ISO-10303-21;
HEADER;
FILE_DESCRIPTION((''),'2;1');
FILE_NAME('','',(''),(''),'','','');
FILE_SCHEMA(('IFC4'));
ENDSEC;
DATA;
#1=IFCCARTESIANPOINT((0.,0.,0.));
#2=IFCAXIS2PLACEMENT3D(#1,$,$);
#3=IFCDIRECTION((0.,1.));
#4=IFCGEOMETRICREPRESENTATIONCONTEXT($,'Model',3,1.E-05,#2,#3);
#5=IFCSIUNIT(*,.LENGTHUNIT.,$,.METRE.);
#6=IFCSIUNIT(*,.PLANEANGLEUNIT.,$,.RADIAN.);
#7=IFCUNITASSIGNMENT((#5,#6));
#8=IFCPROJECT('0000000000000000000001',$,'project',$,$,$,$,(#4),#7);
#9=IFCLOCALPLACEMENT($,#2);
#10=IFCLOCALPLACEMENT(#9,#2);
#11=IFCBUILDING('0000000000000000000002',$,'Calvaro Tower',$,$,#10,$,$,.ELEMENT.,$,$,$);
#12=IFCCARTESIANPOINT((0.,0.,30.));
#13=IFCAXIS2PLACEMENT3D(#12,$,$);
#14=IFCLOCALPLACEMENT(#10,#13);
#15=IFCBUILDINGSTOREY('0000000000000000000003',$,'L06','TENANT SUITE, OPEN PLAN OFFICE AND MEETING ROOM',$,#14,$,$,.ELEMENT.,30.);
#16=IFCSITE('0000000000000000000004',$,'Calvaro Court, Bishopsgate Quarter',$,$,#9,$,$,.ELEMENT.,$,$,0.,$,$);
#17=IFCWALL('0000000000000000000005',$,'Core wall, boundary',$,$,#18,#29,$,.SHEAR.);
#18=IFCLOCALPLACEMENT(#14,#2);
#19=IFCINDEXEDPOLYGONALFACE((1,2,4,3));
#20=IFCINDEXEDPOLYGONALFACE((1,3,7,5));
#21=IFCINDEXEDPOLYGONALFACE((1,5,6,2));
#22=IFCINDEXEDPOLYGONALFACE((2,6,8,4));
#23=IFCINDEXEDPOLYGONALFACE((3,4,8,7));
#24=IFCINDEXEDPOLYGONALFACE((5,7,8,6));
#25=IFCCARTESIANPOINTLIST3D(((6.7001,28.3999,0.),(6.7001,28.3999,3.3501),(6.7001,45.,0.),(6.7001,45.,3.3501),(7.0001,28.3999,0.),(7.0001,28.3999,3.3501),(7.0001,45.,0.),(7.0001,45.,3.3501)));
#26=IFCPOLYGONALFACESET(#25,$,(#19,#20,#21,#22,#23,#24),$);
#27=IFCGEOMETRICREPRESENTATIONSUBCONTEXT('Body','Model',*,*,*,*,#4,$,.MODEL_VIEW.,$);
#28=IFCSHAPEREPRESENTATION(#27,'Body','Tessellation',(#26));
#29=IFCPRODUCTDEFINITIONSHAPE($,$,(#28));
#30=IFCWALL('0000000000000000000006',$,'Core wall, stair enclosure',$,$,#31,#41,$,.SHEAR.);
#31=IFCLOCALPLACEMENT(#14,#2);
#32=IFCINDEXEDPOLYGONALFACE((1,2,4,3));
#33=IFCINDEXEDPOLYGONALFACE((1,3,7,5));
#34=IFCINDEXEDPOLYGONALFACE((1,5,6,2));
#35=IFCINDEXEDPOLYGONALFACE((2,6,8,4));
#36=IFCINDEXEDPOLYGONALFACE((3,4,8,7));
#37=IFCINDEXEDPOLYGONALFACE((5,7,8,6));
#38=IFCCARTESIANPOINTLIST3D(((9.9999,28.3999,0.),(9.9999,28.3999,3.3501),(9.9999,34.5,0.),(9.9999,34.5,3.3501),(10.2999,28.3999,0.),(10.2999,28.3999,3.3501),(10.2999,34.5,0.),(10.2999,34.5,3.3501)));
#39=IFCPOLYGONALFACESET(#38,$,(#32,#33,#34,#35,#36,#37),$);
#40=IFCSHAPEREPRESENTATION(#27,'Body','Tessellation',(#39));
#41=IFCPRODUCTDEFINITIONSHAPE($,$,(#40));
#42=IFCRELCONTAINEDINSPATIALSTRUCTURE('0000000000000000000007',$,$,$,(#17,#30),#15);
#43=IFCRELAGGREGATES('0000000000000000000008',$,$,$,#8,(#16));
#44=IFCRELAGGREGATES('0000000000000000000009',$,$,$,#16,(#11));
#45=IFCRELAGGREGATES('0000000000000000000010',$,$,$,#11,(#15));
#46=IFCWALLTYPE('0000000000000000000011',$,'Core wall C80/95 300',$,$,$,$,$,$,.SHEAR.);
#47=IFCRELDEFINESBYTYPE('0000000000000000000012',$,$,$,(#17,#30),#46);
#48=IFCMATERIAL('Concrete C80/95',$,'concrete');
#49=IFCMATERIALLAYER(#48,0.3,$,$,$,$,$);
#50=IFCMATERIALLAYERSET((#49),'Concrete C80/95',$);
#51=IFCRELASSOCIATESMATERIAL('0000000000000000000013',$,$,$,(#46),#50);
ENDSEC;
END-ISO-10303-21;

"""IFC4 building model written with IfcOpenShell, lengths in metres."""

from ifc_helpers import new_model, si_unit, direction, frame, frame_2d, origin, place, context, subcontext, project, spatial, rectangle, extrude, material, layer, layer_set, type_object, element, save


model = new_model("IFC4")

# Units and contexts
model_context = context("Model", 3, precision=1e-05, world=origin(), true_north=direction((0.0, 1.0)))
body_context = subcontext(model_context, "Body", "Model", "MODEL_VIEW")
ifc_project = project(units=[si_unit("LENGTHUNIT", "METRE"), si_unit("PLANEANGLEUNIT", "RADIAN")], contexts=[model_context])

# Site, building, storey
site_placement = place(None, origin())
site = spatial("IfcSite", under=ifc_project, at=site_placement, Name="Calvaro Court, Bishopsgate Quarter", CompositionType="ELEMENT", RefElevation=0.0)
building_placement = place(site_placement, origin())
building = spatial("IfcBuilding", under=site, at=building_placement, Name="Calvaro Tower", CompositionType="ELEMENT")
storey_placement = place(building_placement, frame((0.0, 0.0, 30.0)))
storey = spatial("IfcBuildingStorey", under=building, at=storey_placement, Name="L06", Description="TENANT SUITE, OPEN PLAN OFFICE AND MEETING ROOM", CompositionType="ELEMENT", Elevation=30.0)

# Walls
ifc_material_1 = material(Name="Concrete C80/95", Category="concrete")
ifc_layer_1 = layer(ifc_material_1, 0.3)
ifc_layer_set_1 = layer_set([ifc_layer_1], Name="Concrete C80/95")
wall_type_1 = type_object("IfcWallType", Name="Core wall C80/95 300", PredefinedType="SHEAR", material=ifc_layer_set_1)
wall_1_placement = place(storey_placement, frame((6.8501, 28.3999, 0.0), z_axis=(0.0, 0.0, 1.0), x_axis=(0.0, 1.0, 0.0)))
element("IfcWall", 1, at=wall_1_placement, inside=storey, type_object=wall_type_1, Name="Core wall, boundary", PredefinedType="SHEAR", context=body_context, shape_type="SweptSolid", body=[
    extrude(rectangle(XDim=16.6001, YDim=0.3, at=frame_2d((8.3, 0.0))), origin(), (0.0, 0.0, 1.0), 3.3501),
])
wall_2_placement = place(storey_placement, frame((10.1499, 28.3999, 0.0), z_axis=(0.0, 0.0, 1.0), x_axis=(0.0, 1.0, 0.0)))
element("IfcWall", 2, at=wall_2_placement, inside=storey, type_object=wall_type_1, Name="Core wall, stair enclosure", PredefinedType="SHEAR", context=body_context, shape_type="SweptSolid", body=[
    extrude(rectangle(XDim=6.1001, YDim=0.3, at=frame_2d((3.05, 0.0))), origin(), (0.0, 0.0, 1.0), 3.3501),
])

save(model, "model.ifc")
